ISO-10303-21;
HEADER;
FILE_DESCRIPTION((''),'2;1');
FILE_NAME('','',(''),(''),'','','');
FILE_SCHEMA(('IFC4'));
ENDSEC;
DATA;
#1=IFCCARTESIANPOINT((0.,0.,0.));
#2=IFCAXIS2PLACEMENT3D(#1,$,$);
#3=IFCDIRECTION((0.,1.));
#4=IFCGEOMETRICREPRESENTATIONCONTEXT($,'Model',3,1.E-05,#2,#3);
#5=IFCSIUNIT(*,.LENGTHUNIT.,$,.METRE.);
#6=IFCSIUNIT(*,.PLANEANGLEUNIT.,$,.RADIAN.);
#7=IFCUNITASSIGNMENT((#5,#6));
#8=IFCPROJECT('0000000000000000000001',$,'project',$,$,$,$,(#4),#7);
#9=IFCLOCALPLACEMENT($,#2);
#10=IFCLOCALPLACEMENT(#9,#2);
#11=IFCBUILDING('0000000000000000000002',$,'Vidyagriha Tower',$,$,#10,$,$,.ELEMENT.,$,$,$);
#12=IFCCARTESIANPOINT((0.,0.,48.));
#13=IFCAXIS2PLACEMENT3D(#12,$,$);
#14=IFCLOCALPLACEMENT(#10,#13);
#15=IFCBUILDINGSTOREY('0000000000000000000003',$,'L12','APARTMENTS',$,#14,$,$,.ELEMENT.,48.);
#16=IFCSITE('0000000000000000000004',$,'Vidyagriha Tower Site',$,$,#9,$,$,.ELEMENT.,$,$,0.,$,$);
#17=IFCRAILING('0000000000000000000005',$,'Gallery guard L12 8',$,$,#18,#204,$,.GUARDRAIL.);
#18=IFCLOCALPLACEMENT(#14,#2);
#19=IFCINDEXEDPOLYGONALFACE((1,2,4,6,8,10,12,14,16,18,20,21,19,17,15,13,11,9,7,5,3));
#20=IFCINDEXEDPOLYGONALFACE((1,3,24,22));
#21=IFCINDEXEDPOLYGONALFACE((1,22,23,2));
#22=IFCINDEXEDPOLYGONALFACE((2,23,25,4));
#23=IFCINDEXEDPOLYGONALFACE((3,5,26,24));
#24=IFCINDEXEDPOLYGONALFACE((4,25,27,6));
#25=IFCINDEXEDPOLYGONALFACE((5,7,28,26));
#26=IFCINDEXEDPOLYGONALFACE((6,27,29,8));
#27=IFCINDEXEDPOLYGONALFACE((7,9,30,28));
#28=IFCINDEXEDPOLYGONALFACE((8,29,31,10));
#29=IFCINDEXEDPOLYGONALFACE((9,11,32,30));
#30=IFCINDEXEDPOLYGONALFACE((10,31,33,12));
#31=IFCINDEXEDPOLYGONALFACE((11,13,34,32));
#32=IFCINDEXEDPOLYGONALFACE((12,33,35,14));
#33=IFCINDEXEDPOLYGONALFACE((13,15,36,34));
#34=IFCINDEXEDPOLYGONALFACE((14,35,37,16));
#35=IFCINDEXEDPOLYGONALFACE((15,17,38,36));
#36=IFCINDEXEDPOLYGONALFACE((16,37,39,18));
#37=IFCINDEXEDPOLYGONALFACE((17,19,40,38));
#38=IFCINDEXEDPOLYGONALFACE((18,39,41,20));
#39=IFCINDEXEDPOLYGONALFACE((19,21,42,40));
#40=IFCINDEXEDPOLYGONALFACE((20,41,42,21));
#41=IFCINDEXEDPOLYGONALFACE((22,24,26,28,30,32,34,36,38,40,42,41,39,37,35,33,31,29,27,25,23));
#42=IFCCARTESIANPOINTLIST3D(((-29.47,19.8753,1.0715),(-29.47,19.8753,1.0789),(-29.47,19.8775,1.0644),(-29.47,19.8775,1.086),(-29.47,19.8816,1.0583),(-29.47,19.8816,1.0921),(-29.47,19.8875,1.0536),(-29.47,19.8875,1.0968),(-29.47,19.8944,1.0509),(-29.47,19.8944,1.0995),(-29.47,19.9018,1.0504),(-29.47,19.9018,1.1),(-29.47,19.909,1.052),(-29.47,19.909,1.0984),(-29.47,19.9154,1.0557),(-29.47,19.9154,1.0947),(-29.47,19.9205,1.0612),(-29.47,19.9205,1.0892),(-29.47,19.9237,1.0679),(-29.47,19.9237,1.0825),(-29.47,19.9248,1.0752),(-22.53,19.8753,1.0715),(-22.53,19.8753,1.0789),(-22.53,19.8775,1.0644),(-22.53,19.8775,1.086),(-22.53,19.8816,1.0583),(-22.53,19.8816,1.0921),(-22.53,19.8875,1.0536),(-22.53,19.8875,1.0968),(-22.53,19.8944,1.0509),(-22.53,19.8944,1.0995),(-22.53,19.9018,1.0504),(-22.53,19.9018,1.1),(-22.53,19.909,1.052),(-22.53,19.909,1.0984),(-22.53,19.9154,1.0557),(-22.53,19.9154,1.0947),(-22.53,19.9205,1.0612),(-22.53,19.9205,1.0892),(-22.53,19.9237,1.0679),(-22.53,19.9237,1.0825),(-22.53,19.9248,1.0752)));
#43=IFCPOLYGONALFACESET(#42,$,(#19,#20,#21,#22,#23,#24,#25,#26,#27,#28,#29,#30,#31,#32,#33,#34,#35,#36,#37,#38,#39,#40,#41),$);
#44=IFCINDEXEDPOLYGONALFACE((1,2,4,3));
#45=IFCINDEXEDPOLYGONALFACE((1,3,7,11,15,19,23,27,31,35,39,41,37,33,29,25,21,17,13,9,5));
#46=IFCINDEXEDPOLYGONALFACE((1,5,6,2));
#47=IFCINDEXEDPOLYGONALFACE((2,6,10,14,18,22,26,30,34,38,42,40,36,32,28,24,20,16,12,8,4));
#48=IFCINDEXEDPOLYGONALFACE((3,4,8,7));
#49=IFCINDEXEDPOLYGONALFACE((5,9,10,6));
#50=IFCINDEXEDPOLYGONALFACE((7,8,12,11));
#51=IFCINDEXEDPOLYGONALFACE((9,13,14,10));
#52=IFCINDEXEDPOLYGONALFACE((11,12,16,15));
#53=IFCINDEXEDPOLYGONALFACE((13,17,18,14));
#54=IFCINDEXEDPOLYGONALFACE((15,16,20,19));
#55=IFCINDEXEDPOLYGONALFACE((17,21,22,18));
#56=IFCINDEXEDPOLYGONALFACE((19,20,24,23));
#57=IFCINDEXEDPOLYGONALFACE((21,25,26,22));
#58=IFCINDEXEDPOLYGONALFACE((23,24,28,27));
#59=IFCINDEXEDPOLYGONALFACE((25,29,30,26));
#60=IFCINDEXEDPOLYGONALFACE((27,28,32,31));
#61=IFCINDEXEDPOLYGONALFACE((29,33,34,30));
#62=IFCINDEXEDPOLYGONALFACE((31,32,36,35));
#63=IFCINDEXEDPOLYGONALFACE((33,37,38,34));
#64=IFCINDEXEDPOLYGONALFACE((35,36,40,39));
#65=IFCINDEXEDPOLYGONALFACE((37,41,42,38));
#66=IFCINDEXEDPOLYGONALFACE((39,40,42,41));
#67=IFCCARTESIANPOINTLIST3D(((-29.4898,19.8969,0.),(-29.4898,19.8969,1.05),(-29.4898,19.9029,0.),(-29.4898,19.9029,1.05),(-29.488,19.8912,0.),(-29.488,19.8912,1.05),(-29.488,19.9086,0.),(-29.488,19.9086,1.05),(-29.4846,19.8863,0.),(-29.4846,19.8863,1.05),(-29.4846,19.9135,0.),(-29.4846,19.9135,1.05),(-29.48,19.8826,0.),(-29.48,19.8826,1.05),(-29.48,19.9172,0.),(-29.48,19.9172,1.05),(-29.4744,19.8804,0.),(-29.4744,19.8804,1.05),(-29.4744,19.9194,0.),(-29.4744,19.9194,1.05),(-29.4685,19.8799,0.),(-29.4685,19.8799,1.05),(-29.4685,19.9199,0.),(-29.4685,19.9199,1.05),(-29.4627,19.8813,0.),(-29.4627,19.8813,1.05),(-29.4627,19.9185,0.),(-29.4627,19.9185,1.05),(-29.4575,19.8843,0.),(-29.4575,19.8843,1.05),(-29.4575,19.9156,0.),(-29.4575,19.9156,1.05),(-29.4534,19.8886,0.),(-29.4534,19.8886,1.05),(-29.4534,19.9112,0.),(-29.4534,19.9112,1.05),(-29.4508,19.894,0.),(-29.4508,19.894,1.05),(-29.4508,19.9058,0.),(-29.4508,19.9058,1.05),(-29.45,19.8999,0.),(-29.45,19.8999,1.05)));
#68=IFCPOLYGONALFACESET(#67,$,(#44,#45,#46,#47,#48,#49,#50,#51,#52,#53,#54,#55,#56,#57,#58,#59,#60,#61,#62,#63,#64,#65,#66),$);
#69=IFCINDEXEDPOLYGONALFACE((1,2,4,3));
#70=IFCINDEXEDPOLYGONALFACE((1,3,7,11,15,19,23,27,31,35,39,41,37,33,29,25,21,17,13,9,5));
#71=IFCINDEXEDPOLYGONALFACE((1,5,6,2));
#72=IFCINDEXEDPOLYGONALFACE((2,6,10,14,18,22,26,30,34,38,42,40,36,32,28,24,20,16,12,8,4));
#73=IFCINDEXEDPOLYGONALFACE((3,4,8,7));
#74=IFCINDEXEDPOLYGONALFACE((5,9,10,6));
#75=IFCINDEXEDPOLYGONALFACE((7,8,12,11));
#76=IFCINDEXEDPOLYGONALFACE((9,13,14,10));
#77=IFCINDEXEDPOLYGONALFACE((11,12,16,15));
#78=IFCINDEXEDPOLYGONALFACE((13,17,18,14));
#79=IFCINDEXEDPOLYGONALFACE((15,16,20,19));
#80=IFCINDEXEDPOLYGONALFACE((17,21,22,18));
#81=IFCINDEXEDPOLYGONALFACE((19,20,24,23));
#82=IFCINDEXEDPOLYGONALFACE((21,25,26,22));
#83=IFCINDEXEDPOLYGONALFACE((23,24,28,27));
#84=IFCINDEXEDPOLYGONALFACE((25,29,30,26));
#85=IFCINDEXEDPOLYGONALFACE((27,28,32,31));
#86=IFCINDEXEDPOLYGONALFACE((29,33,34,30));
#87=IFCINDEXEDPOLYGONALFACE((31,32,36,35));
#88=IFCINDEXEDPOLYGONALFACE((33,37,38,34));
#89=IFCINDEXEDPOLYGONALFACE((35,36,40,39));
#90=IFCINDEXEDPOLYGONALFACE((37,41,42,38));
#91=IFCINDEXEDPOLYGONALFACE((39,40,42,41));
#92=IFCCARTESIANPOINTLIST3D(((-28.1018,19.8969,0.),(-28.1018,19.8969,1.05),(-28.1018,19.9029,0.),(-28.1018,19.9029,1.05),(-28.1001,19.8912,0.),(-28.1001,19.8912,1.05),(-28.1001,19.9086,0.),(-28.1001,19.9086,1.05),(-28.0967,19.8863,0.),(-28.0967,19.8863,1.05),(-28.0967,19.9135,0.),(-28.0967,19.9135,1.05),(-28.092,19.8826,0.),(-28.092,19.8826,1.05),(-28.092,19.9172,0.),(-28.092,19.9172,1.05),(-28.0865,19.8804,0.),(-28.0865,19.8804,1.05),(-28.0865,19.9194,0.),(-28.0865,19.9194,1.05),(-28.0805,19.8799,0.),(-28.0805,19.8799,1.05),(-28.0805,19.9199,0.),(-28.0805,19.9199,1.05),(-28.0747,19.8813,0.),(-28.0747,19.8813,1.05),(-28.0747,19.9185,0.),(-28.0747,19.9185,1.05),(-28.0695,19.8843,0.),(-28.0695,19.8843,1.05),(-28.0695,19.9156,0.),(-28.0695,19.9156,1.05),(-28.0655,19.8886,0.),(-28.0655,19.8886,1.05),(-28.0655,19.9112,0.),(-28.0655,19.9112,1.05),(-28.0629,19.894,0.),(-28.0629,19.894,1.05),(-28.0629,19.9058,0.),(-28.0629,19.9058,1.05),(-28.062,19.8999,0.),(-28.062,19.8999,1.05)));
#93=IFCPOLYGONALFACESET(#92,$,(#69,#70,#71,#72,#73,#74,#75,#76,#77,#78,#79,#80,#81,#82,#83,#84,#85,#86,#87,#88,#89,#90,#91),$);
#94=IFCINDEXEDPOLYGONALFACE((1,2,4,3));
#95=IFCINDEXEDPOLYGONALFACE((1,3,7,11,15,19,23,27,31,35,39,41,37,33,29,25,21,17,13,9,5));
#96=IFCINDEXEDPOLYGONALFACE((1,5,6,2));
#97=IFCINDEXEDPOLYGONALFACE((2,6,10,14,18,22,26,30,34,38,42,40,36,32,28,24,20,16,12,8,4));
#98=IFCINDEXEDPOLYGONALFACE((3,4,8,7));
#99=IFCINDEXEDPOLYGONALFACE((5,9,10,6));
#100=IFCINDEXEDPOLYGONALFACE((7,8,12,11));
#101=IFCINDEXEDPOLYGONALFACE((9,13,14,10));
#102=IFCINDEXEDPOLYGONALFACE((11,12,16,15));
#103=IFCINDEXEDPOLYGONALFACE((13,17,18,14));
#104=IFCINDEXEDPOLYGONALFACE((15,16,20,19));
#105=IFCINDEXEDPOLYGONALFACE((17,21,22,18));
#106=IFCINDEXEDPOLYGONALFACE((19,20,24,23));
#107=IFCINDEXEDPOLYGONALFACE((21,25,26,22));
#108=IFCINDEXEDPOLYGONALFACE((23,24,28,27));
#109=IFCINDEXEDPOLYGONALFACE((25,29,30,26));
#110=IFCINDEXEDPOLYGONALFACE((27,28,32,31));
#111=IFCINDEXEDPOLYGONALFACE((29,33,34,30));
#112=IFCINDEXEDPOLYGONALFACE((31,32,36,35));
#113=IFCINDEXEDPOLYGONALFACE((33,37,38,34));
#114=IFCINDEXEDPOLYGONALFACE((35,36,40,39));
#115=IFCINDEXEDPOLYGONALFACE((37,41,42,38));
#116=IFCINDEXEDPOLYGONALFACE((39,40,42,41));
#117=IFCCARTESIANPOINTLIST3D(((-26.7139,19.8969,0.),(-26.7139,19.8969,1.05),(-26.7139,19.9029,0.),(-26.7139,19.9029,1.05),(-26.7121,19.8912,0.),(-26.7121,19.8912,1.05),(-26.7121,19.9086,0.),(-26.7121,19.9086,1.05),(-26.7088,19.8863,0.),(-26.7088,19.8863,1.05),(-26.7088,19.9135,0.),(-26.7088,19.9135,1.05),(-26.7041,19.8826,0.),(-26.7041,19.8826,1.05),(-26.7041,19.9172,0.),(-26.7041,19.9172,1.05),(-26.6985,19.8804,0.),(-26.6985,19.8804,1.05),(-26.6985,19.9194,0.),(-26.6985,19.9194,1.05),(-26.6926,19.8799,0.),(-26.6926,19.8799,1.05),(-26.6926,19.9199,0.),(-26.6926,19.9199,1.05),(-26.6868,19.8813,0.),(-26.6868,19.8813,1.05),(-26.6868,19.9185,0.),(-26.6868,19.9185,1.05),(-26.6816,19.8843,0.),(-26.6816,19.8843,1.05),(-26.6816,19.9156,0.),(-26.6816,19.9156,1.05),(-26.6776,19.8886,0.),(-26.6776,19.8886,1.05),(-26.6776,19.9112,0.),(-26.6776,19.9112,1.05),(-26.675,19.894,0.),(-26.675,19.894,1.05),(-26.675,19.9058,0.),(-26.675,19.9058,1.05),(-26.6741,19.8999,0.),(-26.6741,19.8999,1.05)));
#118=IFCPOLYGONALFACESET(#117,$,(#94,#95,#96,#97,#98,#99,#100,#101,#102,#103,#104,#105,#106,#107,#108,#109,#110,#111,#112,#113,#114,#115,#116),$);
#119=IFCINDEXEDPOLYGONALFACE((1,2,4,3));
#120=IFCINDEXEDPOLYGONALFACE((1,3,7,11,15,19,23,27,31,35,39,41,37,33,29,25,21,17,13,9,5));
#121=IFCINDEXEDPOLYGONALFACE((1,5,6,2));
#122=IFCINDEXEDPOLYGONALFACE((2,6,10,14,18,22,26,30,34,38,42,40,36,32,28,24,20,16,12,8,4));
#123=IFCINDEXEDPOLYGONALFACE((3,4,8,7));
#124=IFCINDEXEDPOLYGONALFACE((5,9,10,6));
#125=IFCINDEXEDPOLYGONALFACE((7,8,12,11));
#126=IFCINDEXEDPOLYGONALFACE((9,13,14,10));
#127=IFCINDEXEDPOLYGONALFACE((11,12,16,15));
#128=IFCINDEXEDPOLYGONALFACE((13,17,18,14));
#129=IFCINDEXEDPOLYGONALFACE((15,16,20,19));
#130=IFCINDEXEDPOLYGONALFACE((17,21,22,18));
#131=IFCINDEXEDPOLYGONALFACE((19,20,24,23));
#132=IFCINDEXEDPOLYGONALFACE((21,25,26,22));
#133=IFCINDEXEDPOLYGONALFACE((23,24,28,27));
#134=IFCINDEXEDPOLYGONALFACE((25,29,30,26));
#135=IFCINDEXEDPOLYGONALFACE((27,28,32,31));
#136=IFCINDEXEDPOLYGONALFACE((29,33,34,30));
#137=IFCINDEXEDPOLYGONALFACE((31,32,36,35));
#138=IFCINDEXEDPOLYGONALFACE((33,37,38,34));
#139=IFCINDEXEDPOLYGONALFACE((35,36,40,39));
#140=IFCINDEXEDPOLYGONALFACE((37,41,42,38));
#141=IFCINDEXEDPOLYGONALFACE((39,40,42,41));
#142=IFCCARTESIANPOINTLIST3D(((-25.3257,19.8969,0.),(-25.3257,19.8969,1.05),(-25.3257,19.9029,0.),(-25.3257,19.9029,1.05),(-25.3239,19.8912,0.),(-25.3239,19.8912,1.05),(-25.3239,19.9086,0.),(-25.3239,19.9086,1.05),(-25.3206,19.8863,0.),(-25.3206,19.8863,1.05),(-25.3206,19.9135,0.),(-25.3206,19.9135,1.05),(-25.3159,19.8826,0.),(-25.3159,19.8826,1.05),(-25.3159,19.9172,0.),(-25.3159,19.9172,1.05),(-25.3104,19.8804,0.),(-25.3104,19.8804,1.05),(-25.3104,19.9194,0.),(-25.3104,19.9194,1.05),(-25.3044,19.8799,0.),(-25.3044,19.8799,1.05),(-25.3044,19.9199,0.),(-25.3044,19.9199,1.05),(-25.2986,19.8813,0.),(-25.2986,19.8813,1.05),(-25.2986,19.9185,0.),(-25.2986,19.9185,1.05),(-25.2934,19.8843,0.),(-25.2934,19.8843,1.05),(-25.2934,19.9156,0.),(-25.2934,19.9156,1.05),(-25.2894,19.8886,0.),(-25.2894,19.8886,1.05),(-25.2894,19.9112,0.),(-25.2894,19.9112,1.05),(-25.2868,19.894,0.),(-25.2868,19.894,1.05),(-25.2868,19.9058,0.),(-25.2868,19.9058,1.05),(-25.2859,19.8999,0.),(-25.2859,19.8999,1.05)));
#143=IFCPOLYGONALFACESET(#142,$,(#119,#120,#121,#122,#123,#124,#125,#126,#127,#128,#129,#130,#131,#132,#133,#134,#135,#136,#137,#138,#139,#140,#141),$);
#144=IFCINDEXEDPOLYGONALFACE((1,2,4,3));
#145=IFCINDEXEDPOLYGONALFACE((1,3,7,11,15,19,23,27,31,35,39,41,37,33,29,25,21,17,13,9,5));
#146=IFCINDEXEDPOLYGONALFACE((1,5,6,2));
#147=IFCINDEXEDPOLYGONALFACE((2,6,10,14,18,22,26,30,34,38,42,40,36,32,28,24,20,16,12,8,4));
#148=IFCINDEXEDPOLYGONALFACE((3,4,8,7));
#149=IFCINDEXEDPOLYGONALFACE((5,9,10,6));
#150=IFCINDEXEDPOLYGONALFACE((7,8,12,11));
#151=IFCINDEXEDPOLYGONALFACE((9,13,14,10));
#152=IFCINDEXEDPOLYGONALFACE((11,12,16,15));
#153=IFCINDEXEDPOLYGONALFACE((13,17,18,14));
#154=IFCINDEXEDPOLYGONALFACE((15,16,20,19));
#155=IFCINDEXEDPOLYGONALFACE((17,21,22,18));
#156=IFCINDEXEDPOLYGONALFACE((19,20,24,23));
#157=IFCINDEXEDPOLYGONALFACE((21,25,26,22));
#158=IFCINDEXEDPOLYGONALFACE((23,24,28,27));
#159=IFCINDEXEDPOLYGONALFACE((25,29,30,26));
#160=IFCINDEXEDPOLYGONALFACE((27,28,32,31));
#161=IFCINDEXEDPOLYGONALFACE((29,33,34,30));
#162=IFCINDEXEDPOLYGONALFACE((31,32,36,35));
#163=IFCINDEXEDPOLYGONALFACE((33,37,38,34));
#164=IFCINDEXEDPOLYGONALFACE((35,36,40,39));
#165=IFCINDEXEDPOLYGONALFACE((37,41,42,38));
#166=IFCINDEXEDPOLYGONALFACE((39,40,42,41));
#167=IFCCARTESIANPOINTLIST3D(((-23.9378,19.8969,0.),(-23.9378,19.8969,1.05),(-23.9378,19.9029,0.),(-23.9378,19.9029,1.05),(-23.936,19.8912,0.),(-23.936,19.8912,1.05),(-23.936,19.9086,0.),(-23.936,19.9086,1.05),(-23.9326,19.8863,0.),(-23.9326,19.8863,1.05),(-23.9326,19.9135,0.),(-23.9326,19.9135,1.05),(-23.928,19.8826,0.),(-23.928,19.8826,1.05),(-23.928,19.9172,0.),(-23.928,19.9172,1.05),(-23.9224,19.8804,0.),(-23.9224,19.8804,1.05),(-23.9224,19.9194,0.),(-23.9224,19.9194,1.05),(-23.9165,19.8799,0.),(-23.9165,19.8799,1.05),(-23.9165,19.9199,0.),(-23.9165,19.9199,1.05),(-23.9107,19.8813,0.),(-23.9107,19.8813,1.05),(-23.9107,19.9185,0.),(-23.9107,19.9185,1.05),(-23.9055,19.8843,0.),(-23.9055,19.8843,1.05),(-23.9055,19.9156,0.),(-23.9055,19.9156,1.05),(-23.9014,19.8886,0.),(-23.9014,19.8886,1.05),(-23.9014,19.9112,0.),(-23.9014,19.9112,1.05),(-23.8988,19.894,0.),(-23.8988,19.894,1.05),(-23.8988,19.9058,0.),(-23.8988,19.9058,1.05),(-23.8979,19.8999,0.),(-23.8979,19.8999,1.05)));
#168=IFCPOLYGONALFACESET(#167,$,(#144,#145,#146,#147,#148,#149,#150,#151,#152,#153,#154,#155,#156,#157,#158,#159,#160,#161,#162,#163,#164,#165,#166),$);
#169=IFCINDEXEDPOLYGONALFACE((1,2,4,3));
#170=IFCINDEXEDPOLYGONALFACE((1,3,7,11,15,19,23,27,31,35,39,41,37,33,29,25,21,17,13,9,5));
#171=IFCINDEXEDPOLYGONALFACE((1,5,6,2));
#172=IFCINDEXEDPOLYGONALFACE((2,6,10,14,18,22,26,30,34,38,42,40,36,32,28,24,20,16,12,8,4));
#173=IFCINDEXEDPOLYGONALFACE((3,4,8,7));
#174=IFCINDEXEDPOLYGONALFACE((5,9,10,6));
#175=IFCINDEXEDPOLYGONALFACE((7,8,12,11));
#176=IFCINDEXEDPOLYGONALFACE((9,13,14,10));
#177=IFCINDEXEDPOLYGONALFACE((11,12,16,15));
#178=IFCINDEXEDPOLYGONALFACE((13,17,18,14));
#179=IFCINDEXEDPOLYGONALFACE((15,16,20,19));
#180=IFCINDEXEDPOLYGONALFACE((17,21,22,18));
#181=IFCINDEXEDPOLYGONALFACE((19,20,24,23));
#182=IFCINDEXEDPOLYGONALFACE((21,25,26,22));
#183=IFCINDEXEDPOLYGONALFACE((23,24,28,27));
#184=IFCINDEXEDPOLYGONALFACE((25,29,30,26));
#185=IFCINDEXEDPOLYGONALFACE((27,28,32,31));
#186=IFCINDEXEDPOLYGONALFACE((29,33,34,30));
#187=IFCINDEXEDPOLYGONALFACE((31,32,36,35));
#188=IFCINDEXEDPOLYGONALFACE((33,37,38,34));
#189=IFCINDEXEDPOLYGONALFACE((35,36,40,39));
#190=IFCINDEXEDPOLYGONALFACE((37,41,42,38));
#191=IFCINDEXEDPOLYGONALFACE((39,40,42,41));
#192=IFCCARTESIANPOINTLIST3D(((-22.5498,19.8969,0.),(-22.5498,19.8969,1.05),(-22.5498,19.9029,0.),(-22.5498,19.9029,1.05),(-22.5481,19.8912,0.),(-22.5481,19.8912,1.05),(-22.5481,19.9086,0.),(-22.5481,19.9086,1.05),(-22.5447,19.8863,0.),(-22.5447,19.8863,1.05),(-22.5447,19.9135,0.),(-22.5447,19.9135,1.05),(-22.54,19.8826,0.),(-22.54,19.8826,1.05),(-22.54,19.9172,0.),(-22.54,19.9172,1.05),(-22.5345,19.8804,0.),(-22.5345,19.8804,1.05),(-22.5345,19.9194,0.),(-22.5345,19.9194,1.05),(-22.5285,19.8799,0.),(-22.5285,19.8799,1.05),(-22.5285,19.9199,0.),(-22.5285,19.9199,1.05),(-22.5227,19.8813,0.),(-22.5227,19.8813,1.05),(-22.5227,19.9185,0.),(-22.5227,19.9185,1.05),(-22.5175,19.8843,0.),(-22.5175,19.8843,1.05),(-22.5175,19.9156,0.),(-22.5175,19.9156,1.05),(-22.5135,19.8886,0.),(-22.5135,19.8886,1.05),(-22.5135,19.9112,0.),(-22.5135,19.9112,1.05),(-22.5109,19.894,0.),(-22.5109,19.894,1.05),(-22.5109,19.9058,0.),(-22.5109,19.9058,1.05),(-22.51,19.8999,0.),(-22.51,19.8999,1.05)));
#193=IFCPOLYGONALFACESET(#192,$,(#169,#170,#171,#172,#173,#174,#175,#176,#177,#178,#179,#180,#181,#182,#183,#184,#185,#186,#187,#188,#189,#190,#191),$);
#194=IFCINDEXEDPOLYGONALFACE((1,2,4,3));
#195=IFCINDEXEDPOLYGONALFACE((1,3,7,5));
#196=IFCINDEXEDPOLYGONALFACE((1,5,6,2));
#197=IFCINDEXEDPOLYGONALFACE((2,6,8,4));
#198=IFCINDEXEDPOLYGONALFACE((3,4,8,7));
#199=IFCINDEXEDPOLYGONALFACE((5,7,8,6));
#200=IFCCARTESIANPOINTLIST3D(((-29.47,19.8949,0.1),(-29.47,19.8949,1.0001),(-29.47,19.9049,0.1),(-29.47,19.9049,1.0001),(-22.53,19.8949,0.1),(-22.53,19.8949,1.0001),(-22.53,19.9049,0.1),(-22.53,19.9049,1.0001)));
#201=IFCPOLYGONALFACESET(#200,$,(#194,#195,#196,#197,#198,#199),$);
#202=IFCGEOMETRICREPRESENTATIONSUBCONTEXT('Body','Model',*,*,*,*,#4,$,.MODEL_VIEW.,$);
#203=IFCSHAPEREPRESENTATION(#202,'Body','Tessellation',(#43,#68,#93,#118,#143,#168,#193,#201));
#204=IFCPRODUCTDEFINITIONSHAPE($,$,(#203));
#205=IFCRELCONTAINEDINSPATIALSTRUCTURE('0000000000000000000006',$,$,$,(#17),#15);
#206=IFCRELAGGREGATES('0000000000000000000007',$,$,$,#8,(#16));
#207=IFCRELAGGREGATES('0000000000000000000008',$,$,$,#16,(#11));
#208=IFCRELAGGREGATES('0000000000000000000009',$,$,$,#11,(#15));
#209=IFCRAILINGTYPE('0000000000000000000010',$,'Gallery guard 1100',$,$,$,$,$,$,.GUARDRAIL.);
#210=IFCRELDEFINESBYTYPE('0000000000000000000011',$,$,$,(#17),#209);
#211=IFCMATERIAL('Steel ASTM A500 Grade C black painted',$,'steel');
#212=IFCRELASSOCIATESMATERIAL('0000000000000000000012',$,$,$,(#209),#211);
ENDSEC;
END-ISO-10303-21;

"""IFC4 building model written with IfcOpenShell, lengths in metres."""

from ifc_helpers import new_model, si_unit, direction, frame, origin, origin_2d, place, context, subcontext, project, spatial, rectangle, circle, extrude, material, type_object, element, save


model = new_model("IFC4")

# Units and contexts
model_context = context("Model", 3, precision=1e-05, world=origin(), true_north=direction((0.0, 1.0)))
body_context = subcontext(model_context, "Body", "Model", "MODEL_VIEW")
ifc_project = project(units=[si_unit("LENGTHUNIT", "METRE"), si_unit("PLANEANGLEUNIT", "RADIAN")], contexts=[model_context])

# Site, building, storey
site_placement = place(None, origin())
site = spatial("IfcSite", under=ifc_project, at=site_placement, Name="Vidyagriha Tower Site", CompositionType="ELEMENT", RefElevation=0.0)
building_placement = place(site_placement, origin())
building = spatial("IfcBuilding", under=site, at=building_placement, Name="Vidyagriha Tower", CompositionType="ELEMENT")
storey_placement = place(building_placement, frame((0.0, 0.0, 48.0)))
storey = spatial("IfcBuildingStorey", under=building, at=storey_placement, Name="L12", Description="APARTMENTS", CompositionType="ELEMENT", Elevation=48.0)

# Railing
ifc_material_1 = material(Name="Steel ASTM A500 Grade C black painted", Category="steel")
railing_type = type_object("IfcRailingType", Name="Gallery guard 1100", PredefinedType="GUARDRAIL", material=ifc_material_1)
railing_1_placement = place(storey_placement, frame((-29.47, 19.8999, 0.0)))
element("IfcRailing", 1, at=railing_1_placement, inside=storey, type_object=railing_type, Name="Gallery guard L12 8", PredefinedType="GUARDRAIL", context=body_context, shape_type="SweptSolid", body=[
    extrude(circle(Radius=0.0249, at=origin_2d()), frame((0.0, 0.0, 1.0752), z_axis=(1.0, 0.0, 0.0), x_axis=(0.0, 1.0, 0.0)), (0.0, 0.0, 1.0), 6.9399),
    extrude(circle(Radius=0.02, at=origin_2d()), origin(), (0.0, 0.0, 1.0), 1.05),
    extrude(circle(Radius=0.02, at=origin_2d()), frame((1.3879, 0.0, 0.0)), (0.0, 0.0, 1.0), 1.05),
    extrude(circle(Radius=0.02, at=origin_2d()), frame((2.7759, 0.0, 0.0)), (0.0, 0.0, 1.0), 1.05),
    extrude(circle(Radius=0.02, at=origin_2d()), frame((4.1641, 0.0, 0.0)), (0.0, 0.0, 1.0), 1.05),
    extrude(circle(Radius=0.02, at=origin_2d()), frame((5.552, 0.0, 0.0)), (0.0, 0.0, 1.0), 1.05),
    extrude(circle(Radius=0.02, at=origin_2d()), frame((6.9399, 0.0, 0.0)), (0.0, 0.0, 1.0), 1.05),
    extrude(rectangle(XDim=0.01, YDim=0.9001, at=origin_2d()), frame((0.0, 0.0, 0.55), z_axis=(1.0, 0.0, 0.0), x_axis=(0.0, 1.0, 0.0)), (0.0, 0.0, 1.0), 6.9399),
])

save(model, "model.ifc")
